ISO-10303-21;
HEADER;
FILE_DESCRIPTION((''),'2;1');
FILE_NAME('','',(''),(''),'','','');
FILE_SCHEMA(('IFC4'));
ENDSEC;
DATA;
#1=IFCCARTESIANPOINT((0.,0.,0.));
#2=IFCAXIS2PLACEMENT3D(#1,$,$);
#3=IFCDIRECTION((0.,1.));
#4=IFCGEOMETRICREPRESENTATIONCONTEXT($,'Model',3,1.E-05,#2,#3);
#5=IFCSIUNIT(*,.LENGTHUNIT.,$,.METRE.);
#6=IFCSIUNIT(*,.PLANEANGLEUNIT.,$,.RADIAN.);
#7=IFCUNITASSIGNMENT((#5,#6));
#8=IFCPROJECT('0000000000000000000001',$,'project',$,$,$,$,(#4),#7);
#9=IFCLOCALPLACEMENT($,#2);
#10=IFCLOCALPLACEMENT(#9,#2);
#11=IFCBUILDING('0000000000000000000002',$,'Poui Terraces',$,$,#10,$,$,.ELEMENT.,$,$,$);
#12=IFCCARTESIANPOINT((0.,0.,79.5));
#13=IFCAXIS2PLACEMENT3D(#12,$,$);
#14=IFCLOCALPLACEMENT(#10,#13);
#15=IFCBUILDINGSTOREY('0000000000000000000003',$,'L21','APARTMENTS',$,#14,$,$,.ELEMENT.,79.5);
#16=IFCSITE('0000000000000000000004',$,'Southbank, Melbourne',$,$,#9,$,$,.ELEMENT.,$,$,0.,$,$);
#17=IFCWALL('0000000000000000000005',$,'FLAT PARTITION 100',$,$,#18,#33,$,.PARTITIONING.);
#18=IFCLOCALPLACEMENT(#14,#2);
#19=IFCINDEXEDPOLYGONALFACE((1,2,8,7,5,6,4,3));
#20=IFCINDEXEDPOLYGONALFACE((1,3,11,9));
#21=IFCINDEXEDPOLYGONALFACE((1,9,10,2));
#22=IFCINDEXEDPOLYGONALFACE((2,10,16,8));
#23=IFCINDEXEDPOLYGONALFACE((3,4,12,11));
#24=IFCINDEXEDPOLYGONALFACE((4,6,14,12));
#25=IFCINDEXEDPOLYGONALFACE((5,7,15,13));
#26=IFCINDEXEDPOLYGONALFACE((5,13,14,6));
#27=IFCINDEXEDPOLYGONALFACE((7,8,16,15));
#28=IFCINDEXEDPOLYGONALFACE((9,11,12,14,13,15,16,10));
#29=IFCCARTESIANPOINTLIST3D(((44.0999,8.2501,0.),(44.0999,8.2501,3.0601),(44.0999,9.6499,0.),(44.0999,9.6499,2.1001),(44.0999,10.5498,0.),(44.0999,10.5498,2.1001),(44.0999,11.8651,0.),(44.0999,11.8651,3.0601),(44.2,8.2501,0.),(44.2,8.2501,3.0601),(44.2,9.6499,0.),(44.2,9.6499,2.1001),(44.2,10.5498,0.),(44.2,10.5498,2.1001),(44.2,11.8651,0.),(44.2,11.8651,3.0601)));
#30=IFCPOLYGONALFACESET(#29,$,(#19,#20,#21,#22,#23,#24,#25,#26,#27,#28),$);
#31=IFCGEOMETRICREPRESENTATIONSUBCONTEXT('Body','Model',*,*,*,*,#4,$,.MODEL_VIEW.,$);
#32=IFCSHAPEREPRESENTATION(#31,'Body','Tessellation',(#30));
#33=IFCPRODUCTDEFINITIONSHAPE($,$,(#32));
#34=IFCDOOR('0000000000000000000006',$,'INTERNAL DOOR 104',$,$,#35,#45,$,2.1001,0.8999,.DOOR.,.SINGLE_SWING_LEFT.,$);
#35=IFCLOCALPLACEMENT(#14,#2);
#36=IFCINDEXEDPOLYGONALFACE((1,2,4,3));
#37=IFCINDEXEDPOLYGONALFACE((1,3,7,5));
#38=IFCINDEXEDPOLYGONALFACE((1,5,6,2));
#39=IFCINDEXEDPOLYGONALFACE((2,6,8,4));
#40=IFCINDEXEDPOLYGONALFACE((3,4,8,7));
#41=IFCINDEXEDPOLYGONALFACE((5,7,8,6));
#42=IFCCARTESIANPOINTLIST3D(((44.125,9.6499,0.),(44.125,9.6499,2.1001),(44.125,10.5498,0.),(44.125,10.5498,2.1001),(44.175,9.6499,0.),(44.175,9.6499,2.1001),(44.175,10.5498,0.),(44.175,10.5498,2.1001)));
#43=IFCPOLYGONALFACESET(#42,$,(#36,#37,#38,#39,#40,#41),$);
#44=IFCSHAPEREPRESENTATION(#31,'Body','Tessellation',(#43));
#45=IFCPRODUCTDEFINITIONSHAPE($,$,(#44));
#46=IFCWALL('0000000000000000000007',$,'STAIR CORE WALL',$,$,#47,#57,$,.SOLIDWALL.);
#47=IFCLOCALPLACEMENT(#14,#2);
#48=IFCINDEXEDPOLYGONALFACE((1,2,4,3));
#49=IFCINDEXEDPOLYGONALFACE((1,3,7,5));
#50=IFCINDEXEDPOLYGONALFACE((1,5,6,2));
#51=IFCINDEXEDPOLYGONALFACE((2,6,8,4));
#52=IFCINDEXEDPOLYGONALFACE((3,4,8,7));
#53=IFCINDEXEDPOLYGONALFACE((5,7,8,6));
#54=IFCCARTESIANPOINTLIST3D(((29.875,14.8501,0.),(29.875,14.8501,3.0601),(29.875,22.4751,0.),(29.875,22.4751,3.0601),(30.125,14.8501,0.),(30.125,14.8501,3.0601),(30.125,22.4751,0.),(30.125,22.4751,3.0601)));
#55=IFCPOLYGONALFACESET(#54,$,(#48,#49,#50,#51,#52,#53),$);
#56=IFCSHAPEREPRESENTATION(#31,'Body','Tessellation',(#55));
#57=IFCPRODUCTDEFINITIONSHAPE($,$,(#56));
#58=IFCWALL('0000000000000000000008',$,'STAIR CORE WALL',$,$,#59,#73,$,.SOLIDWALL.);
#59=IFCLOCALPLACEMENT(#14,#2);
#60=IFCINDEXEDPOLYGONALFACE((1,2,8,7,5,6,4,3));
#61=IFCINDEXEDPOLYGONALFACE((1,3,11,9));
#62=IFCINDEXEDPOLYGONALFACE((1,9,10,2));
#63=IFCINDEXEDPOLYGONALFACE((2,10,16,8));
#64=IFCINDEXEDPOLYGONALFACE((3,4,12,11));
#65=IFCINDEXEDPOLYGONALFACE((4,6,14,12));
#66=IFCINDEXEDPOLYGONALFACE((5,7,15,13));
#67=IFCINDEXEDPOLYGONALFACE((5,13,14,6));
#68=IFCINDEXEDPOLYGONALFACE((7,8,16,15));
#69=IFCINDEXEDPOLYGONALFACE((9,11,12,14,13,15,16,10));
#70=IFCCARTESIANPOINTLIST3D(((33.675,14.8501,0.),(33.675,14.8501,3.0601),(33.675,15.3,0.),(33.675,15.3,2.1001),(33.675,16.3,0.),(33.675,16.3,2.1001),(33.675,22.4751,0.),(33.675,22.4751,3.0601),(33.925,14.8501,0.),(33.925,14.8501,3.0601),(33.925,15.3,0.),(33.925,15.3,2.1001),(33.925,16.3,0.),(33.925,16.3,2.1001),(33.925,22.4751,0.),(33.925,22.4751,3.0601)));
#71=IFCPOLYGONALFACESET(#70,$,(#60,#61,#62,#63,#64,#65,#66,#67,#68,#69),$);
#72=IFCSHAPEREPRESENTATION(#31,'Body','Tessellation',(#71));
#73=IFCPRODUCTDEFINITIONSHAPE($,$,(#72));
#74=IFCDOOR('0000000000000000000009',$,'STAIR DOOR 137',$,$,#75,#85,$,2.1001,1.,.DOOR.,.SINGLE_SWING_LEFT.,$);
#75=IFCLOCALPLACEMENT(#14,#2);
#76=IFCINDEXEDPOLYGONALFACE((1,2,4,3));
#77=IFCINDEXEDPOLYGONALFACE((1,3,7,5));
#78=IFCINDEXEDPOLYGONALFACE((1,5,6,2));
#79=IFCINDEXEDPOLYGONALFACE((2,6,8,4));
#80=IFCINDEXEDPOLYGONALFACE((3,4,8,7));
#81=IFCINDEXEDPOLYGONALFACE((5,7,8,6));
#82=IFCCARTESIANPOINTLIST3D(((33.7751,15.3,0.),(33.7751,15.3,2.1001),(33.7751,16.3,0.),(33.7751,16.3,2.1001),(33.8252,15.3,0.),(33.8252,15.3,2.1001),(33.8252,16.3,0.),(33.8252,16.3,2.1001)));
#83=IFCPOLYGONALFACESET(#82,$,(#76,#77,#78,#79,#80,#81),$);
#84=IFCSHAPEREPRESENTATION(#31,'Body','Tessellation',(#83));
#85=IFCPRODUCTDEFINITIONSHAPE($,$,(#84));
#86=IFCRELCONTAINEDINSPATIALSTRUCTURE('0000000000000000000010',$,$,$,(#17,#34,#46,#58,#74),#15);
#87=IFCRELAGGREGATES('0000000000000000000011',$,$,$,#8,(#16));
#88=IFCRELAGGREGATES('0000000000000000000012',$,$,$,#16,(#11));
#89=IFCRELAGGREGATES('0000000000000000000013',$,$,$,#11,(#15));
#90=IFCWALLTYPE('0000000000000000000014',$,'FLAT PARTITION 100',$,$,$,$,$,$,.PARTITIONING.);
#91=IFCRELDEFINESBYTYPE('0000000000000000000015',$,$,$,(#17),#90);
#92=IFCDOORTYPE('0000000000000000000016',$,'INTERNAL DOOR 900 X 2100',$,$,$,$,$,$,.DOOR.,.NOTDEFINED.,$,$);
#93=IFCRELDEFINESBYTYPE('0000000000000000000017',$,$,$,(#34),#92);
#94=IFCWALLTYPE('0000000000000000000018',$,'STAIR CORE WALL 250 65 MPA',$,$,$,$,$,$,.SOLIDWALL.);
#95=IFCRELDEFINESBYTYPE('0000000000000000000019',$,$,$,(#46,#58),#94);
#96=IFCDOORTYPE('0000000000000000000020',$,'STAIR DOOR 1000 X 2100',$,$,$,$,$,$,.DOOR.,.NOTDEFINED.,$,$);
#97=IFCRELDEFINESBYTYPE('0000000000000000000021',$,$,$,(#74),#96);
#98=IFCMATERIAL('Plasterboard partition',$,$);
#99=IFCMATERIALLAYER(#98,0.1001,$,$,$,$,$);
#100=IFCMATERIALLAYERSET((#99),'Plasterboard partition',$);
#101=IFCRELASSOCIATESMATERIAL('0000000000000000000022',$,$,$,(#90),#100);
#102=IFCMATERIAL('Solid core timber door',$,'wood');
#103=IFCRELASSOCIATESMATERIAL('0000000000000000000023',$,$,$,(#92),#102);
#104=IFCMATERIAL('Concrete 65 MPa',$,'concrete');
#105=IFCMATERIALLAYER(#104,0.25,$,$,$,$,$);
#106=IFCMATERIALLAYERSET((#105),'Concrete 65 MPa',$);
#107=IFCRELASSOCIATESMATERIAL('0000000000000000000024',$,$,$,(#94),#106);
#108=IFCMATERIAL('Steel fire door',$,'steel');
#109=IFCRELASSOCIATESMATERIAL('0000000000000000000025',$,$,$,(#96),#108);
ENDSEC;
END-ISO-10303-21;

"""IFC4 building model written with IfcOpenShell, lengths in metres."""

from ifc_helpers import new_model, si_unit, direction, frame, frame_2d, origin, place, context, subcontext, project, spatial, rectangle, extrude, material, layer, layer_set, type_object, element, fill, save


model = new_model("IFC4")

# Units and contexts
model_context = context("Model", 3, precision=1e-05, world=origin(), true_north=direction((0.0, 1.0)))
body_context = subcontext(model_context, "Body", "Model", "MODEL_VIEW")
ifc_project = project(units=[si_unit("LENGTHUNIT", "METRE"), si_unit("PLANEANGLEUNIT", "RADIAN")], contexts=[model_context])

# Site, building, storey
site_placement = place(None, origin())
site = spatial("IfcSite", under=ifc_project, at=site_placement, Name="Southbank, Melbourne", CompositionType="ELEMENT", RefElevation=0.0)
building_placement = place(site_placement, origin())
building = spatial("IfcBuilding", under=site, at=building_placement, Name="Poui Terraces", CompositionType="ELEMENT")
storey_placement = place(building_placement, frame((0.0, 0.0, 79.5)))
storey = spatial("IfcBuildingStorey", under=building, at=storey_placement, Name="L21", Description="APARTMENTS", CompositionType="ELEMENT", Elevation=79.5)

# Shared definitions
ifc_material_1 = material(Name="Concrete 65 MPa", Category="concrete")

# Shared definitions
ifc_material_2 = material(Name="Steel fire door", Category="steel")
ifc_material_3 = material(Name="Plasterboard partition")
ifc_layer_1 = layer(ifc_material_3, 0.1001)
ifc_layer_set_1 = layer_set([ifc_layer_1], Name="Plasterboard partition")
wall_type_1 = type_object("IfcWallType", Name="FLAT PARTITION 100", PredefinedType="PARTITIONING", material=ifc_layer_set_1)
ifc_material_4 = material(Name="Solid core timber door", Category="wood")

# Wall, opening, door
wall_1_placement = place(storey_placement, frame((44.1499, 8.25, 0.0), z_axis=(0.0, 0.0, 1.0), x_axis=(0.0, 1.0, 0.0)))
wall_1 = element("IfcWall", 1, at=wall_1_placement, inside=storey, type_object=wall_type_1, Name="FLAT PARTITION 100", PredefinedType="PARTITIONING", context=body_context, shape_type="SweptSolid", body=[
    extrude(rectangle(XDim=3.615, YDim=0.1001, at=frame_2d((1.8076, 0.0))), origin(), (0.0, 0.0, 1.0), 3.0601),
])
opening_1_placement = place(wall_1_placement, frame((1.3999, 0.0, 0.0)))
opening_1 = element("IfcOpeningElement", 2, at=opening_1_placement, cuts=wall_1, PredefinedType="OPENING", context=body_context, shape_type="SweptSolid", body=[
    extrude(rectangle(XDim=0.8999, YDim=2.1001, at=frame_2d((0.45, 1.05))), frame((0.0, 0.0601, 0.0), z_axis=(0.0, -1.0, 0.0), x_axis=(1.0, 0.0, 0.0)), (0.0, 0.0, 1.0), 0.1201),
])
door_type_1 = type_object("IfcDoorType", Name="INTERNAL DOOR 900 X 2100", OperationType="NOTDEFINED", PredefinedType="DOOR", material=ifc_material_4)
door_1_placement = place(opening_1_placement, origin())
door_1 = element("IfcDoor", 3, at=door_1_placement, inside=storey, type_object=door_type_1, Name="INTERNAL DOOR 104", OperationType="SINGLE_SWING_LEFT", OverallHeight=2.1001, OverallWidth=0.8999, PredefinedType="DOOR", context=body_context, shape_type="SweptSolid", body=[
    extrude(rectangle(XDim=0.8999, YDim=2.1001, at=frame_2d((0.45, 1.05))), frame((0.0, 0.0249, 0.0), z_axis=(0.0, -1.0, 0.0), x_axis=(1.0, 0.0, 0.0)), (0.0, 0.0, 1.0), 0.05),
])
fill(opening_1, door_1)

# Wall
ifc_layer_2 = layer(ifc_material_1, 0.25)
ifc_layer_set_2 = layer_set([ifc_layer_2], Name="Concrete 65 MPa")
wall_type_2 = type_object("IfcWallType", Name="STAIR CORE WALL 250 65 MPA", PredefinedType="SOLIDWALL", material=ifc_layer_set_2)
wall_2_placement = place(storey_placement, frame((30.0, 14.8501, 0.0), z_axis=(0.0, 0.0, 1.0), x_axis=(0.0, 1.0, 0.0)))
element("IfcWall", 4, at=wall_2_placement, inside=storey, type_object=wall_type_2, Name="STAIR CORE WALL", PredefinedType="SOLIDWALL", context=body_context, shape_type="SweptSolid", body=[
    extrude(rectangle(XDim=7.625, YDim=0.25, at=frame_2d((3.8125, 0.0))), origin(), (0.0, 0.0, 1.0), 3.0601),
])

# Wall, opening, door
wall_3_placement = place(storey_placement, frame((33.8, 14.8501, 0.0), z_axis=(0.0, 0.0, 1.0), x_axis=(0.0, 1.0, 0.0)))
wall_3 = element("IfcWall", 5, at=wall_3_placement, inside=storey, type_object=wall_type_2, Name="STAIR CORE WALL", PredefinedType="SOLIDWALL", context=body_context, shape_type="SweptSolid", body=[
    extrude(rectangle(XDim=7.625, YDim=0.25, at=frame_2d((3.8125, 0.0))), origin(), (0.0, 0.0, 1.0), 3.0601),
])
opening_2_placement = place(wall_3_placement, frame((0.45, 0.0, 0.0)))
opening_2 = element("IfcOpeningElement", 6, at=opening_2_placement, cuts=wall_3, PredefinedType="OPENING", context=body_context, shape_type="SweptSolid", body=[
    extrude(rectangle(XDim=1.0, YDim=2.1001, at=frame_2d((0.5, 1.05))), frame((0.0, 0.135, 0.0), z_axis=(0.0, -1.0, 0.0), x_axis=(1.0, 0.0, 0.0)), (0.0, 0.0, 1.0), 0.27),
])
door_type_2 = type_object("IfcDoorType", Name="STAIR DOOR 1000 X 2100", OperationType="NOTDEFINED", PredefinedType="DOOR", material=ifc_material_2)
door_2_placement = place(opening_2_placement, origin())
door_2 = element("IfcDoor", 7, at=door_2_placement, inside=storey, type_object=door_type_2, Name="STAIR DOOR 137", OperationType="SINGLE_SWING_LEFT", OverallHeight=2.1001, OverallWidth=1.0, PredefinedType="DOOR", context=body_context, shape_type="SweptSolid", body=[
    extrude(rectangle(XDim=1.0, YDim=2.1001, at=frame_2d((0.5, 1.05))), frame((0.0, 0.0249, 0.0), z_axis=(0.0, -1.0, 0.0), x_axis=(1.0, 0.0, 0.0)), (0.0, 0.0, 1.0), 0.05),
])
fill(opening_2, door_2)

save(model, "model.ifc")
